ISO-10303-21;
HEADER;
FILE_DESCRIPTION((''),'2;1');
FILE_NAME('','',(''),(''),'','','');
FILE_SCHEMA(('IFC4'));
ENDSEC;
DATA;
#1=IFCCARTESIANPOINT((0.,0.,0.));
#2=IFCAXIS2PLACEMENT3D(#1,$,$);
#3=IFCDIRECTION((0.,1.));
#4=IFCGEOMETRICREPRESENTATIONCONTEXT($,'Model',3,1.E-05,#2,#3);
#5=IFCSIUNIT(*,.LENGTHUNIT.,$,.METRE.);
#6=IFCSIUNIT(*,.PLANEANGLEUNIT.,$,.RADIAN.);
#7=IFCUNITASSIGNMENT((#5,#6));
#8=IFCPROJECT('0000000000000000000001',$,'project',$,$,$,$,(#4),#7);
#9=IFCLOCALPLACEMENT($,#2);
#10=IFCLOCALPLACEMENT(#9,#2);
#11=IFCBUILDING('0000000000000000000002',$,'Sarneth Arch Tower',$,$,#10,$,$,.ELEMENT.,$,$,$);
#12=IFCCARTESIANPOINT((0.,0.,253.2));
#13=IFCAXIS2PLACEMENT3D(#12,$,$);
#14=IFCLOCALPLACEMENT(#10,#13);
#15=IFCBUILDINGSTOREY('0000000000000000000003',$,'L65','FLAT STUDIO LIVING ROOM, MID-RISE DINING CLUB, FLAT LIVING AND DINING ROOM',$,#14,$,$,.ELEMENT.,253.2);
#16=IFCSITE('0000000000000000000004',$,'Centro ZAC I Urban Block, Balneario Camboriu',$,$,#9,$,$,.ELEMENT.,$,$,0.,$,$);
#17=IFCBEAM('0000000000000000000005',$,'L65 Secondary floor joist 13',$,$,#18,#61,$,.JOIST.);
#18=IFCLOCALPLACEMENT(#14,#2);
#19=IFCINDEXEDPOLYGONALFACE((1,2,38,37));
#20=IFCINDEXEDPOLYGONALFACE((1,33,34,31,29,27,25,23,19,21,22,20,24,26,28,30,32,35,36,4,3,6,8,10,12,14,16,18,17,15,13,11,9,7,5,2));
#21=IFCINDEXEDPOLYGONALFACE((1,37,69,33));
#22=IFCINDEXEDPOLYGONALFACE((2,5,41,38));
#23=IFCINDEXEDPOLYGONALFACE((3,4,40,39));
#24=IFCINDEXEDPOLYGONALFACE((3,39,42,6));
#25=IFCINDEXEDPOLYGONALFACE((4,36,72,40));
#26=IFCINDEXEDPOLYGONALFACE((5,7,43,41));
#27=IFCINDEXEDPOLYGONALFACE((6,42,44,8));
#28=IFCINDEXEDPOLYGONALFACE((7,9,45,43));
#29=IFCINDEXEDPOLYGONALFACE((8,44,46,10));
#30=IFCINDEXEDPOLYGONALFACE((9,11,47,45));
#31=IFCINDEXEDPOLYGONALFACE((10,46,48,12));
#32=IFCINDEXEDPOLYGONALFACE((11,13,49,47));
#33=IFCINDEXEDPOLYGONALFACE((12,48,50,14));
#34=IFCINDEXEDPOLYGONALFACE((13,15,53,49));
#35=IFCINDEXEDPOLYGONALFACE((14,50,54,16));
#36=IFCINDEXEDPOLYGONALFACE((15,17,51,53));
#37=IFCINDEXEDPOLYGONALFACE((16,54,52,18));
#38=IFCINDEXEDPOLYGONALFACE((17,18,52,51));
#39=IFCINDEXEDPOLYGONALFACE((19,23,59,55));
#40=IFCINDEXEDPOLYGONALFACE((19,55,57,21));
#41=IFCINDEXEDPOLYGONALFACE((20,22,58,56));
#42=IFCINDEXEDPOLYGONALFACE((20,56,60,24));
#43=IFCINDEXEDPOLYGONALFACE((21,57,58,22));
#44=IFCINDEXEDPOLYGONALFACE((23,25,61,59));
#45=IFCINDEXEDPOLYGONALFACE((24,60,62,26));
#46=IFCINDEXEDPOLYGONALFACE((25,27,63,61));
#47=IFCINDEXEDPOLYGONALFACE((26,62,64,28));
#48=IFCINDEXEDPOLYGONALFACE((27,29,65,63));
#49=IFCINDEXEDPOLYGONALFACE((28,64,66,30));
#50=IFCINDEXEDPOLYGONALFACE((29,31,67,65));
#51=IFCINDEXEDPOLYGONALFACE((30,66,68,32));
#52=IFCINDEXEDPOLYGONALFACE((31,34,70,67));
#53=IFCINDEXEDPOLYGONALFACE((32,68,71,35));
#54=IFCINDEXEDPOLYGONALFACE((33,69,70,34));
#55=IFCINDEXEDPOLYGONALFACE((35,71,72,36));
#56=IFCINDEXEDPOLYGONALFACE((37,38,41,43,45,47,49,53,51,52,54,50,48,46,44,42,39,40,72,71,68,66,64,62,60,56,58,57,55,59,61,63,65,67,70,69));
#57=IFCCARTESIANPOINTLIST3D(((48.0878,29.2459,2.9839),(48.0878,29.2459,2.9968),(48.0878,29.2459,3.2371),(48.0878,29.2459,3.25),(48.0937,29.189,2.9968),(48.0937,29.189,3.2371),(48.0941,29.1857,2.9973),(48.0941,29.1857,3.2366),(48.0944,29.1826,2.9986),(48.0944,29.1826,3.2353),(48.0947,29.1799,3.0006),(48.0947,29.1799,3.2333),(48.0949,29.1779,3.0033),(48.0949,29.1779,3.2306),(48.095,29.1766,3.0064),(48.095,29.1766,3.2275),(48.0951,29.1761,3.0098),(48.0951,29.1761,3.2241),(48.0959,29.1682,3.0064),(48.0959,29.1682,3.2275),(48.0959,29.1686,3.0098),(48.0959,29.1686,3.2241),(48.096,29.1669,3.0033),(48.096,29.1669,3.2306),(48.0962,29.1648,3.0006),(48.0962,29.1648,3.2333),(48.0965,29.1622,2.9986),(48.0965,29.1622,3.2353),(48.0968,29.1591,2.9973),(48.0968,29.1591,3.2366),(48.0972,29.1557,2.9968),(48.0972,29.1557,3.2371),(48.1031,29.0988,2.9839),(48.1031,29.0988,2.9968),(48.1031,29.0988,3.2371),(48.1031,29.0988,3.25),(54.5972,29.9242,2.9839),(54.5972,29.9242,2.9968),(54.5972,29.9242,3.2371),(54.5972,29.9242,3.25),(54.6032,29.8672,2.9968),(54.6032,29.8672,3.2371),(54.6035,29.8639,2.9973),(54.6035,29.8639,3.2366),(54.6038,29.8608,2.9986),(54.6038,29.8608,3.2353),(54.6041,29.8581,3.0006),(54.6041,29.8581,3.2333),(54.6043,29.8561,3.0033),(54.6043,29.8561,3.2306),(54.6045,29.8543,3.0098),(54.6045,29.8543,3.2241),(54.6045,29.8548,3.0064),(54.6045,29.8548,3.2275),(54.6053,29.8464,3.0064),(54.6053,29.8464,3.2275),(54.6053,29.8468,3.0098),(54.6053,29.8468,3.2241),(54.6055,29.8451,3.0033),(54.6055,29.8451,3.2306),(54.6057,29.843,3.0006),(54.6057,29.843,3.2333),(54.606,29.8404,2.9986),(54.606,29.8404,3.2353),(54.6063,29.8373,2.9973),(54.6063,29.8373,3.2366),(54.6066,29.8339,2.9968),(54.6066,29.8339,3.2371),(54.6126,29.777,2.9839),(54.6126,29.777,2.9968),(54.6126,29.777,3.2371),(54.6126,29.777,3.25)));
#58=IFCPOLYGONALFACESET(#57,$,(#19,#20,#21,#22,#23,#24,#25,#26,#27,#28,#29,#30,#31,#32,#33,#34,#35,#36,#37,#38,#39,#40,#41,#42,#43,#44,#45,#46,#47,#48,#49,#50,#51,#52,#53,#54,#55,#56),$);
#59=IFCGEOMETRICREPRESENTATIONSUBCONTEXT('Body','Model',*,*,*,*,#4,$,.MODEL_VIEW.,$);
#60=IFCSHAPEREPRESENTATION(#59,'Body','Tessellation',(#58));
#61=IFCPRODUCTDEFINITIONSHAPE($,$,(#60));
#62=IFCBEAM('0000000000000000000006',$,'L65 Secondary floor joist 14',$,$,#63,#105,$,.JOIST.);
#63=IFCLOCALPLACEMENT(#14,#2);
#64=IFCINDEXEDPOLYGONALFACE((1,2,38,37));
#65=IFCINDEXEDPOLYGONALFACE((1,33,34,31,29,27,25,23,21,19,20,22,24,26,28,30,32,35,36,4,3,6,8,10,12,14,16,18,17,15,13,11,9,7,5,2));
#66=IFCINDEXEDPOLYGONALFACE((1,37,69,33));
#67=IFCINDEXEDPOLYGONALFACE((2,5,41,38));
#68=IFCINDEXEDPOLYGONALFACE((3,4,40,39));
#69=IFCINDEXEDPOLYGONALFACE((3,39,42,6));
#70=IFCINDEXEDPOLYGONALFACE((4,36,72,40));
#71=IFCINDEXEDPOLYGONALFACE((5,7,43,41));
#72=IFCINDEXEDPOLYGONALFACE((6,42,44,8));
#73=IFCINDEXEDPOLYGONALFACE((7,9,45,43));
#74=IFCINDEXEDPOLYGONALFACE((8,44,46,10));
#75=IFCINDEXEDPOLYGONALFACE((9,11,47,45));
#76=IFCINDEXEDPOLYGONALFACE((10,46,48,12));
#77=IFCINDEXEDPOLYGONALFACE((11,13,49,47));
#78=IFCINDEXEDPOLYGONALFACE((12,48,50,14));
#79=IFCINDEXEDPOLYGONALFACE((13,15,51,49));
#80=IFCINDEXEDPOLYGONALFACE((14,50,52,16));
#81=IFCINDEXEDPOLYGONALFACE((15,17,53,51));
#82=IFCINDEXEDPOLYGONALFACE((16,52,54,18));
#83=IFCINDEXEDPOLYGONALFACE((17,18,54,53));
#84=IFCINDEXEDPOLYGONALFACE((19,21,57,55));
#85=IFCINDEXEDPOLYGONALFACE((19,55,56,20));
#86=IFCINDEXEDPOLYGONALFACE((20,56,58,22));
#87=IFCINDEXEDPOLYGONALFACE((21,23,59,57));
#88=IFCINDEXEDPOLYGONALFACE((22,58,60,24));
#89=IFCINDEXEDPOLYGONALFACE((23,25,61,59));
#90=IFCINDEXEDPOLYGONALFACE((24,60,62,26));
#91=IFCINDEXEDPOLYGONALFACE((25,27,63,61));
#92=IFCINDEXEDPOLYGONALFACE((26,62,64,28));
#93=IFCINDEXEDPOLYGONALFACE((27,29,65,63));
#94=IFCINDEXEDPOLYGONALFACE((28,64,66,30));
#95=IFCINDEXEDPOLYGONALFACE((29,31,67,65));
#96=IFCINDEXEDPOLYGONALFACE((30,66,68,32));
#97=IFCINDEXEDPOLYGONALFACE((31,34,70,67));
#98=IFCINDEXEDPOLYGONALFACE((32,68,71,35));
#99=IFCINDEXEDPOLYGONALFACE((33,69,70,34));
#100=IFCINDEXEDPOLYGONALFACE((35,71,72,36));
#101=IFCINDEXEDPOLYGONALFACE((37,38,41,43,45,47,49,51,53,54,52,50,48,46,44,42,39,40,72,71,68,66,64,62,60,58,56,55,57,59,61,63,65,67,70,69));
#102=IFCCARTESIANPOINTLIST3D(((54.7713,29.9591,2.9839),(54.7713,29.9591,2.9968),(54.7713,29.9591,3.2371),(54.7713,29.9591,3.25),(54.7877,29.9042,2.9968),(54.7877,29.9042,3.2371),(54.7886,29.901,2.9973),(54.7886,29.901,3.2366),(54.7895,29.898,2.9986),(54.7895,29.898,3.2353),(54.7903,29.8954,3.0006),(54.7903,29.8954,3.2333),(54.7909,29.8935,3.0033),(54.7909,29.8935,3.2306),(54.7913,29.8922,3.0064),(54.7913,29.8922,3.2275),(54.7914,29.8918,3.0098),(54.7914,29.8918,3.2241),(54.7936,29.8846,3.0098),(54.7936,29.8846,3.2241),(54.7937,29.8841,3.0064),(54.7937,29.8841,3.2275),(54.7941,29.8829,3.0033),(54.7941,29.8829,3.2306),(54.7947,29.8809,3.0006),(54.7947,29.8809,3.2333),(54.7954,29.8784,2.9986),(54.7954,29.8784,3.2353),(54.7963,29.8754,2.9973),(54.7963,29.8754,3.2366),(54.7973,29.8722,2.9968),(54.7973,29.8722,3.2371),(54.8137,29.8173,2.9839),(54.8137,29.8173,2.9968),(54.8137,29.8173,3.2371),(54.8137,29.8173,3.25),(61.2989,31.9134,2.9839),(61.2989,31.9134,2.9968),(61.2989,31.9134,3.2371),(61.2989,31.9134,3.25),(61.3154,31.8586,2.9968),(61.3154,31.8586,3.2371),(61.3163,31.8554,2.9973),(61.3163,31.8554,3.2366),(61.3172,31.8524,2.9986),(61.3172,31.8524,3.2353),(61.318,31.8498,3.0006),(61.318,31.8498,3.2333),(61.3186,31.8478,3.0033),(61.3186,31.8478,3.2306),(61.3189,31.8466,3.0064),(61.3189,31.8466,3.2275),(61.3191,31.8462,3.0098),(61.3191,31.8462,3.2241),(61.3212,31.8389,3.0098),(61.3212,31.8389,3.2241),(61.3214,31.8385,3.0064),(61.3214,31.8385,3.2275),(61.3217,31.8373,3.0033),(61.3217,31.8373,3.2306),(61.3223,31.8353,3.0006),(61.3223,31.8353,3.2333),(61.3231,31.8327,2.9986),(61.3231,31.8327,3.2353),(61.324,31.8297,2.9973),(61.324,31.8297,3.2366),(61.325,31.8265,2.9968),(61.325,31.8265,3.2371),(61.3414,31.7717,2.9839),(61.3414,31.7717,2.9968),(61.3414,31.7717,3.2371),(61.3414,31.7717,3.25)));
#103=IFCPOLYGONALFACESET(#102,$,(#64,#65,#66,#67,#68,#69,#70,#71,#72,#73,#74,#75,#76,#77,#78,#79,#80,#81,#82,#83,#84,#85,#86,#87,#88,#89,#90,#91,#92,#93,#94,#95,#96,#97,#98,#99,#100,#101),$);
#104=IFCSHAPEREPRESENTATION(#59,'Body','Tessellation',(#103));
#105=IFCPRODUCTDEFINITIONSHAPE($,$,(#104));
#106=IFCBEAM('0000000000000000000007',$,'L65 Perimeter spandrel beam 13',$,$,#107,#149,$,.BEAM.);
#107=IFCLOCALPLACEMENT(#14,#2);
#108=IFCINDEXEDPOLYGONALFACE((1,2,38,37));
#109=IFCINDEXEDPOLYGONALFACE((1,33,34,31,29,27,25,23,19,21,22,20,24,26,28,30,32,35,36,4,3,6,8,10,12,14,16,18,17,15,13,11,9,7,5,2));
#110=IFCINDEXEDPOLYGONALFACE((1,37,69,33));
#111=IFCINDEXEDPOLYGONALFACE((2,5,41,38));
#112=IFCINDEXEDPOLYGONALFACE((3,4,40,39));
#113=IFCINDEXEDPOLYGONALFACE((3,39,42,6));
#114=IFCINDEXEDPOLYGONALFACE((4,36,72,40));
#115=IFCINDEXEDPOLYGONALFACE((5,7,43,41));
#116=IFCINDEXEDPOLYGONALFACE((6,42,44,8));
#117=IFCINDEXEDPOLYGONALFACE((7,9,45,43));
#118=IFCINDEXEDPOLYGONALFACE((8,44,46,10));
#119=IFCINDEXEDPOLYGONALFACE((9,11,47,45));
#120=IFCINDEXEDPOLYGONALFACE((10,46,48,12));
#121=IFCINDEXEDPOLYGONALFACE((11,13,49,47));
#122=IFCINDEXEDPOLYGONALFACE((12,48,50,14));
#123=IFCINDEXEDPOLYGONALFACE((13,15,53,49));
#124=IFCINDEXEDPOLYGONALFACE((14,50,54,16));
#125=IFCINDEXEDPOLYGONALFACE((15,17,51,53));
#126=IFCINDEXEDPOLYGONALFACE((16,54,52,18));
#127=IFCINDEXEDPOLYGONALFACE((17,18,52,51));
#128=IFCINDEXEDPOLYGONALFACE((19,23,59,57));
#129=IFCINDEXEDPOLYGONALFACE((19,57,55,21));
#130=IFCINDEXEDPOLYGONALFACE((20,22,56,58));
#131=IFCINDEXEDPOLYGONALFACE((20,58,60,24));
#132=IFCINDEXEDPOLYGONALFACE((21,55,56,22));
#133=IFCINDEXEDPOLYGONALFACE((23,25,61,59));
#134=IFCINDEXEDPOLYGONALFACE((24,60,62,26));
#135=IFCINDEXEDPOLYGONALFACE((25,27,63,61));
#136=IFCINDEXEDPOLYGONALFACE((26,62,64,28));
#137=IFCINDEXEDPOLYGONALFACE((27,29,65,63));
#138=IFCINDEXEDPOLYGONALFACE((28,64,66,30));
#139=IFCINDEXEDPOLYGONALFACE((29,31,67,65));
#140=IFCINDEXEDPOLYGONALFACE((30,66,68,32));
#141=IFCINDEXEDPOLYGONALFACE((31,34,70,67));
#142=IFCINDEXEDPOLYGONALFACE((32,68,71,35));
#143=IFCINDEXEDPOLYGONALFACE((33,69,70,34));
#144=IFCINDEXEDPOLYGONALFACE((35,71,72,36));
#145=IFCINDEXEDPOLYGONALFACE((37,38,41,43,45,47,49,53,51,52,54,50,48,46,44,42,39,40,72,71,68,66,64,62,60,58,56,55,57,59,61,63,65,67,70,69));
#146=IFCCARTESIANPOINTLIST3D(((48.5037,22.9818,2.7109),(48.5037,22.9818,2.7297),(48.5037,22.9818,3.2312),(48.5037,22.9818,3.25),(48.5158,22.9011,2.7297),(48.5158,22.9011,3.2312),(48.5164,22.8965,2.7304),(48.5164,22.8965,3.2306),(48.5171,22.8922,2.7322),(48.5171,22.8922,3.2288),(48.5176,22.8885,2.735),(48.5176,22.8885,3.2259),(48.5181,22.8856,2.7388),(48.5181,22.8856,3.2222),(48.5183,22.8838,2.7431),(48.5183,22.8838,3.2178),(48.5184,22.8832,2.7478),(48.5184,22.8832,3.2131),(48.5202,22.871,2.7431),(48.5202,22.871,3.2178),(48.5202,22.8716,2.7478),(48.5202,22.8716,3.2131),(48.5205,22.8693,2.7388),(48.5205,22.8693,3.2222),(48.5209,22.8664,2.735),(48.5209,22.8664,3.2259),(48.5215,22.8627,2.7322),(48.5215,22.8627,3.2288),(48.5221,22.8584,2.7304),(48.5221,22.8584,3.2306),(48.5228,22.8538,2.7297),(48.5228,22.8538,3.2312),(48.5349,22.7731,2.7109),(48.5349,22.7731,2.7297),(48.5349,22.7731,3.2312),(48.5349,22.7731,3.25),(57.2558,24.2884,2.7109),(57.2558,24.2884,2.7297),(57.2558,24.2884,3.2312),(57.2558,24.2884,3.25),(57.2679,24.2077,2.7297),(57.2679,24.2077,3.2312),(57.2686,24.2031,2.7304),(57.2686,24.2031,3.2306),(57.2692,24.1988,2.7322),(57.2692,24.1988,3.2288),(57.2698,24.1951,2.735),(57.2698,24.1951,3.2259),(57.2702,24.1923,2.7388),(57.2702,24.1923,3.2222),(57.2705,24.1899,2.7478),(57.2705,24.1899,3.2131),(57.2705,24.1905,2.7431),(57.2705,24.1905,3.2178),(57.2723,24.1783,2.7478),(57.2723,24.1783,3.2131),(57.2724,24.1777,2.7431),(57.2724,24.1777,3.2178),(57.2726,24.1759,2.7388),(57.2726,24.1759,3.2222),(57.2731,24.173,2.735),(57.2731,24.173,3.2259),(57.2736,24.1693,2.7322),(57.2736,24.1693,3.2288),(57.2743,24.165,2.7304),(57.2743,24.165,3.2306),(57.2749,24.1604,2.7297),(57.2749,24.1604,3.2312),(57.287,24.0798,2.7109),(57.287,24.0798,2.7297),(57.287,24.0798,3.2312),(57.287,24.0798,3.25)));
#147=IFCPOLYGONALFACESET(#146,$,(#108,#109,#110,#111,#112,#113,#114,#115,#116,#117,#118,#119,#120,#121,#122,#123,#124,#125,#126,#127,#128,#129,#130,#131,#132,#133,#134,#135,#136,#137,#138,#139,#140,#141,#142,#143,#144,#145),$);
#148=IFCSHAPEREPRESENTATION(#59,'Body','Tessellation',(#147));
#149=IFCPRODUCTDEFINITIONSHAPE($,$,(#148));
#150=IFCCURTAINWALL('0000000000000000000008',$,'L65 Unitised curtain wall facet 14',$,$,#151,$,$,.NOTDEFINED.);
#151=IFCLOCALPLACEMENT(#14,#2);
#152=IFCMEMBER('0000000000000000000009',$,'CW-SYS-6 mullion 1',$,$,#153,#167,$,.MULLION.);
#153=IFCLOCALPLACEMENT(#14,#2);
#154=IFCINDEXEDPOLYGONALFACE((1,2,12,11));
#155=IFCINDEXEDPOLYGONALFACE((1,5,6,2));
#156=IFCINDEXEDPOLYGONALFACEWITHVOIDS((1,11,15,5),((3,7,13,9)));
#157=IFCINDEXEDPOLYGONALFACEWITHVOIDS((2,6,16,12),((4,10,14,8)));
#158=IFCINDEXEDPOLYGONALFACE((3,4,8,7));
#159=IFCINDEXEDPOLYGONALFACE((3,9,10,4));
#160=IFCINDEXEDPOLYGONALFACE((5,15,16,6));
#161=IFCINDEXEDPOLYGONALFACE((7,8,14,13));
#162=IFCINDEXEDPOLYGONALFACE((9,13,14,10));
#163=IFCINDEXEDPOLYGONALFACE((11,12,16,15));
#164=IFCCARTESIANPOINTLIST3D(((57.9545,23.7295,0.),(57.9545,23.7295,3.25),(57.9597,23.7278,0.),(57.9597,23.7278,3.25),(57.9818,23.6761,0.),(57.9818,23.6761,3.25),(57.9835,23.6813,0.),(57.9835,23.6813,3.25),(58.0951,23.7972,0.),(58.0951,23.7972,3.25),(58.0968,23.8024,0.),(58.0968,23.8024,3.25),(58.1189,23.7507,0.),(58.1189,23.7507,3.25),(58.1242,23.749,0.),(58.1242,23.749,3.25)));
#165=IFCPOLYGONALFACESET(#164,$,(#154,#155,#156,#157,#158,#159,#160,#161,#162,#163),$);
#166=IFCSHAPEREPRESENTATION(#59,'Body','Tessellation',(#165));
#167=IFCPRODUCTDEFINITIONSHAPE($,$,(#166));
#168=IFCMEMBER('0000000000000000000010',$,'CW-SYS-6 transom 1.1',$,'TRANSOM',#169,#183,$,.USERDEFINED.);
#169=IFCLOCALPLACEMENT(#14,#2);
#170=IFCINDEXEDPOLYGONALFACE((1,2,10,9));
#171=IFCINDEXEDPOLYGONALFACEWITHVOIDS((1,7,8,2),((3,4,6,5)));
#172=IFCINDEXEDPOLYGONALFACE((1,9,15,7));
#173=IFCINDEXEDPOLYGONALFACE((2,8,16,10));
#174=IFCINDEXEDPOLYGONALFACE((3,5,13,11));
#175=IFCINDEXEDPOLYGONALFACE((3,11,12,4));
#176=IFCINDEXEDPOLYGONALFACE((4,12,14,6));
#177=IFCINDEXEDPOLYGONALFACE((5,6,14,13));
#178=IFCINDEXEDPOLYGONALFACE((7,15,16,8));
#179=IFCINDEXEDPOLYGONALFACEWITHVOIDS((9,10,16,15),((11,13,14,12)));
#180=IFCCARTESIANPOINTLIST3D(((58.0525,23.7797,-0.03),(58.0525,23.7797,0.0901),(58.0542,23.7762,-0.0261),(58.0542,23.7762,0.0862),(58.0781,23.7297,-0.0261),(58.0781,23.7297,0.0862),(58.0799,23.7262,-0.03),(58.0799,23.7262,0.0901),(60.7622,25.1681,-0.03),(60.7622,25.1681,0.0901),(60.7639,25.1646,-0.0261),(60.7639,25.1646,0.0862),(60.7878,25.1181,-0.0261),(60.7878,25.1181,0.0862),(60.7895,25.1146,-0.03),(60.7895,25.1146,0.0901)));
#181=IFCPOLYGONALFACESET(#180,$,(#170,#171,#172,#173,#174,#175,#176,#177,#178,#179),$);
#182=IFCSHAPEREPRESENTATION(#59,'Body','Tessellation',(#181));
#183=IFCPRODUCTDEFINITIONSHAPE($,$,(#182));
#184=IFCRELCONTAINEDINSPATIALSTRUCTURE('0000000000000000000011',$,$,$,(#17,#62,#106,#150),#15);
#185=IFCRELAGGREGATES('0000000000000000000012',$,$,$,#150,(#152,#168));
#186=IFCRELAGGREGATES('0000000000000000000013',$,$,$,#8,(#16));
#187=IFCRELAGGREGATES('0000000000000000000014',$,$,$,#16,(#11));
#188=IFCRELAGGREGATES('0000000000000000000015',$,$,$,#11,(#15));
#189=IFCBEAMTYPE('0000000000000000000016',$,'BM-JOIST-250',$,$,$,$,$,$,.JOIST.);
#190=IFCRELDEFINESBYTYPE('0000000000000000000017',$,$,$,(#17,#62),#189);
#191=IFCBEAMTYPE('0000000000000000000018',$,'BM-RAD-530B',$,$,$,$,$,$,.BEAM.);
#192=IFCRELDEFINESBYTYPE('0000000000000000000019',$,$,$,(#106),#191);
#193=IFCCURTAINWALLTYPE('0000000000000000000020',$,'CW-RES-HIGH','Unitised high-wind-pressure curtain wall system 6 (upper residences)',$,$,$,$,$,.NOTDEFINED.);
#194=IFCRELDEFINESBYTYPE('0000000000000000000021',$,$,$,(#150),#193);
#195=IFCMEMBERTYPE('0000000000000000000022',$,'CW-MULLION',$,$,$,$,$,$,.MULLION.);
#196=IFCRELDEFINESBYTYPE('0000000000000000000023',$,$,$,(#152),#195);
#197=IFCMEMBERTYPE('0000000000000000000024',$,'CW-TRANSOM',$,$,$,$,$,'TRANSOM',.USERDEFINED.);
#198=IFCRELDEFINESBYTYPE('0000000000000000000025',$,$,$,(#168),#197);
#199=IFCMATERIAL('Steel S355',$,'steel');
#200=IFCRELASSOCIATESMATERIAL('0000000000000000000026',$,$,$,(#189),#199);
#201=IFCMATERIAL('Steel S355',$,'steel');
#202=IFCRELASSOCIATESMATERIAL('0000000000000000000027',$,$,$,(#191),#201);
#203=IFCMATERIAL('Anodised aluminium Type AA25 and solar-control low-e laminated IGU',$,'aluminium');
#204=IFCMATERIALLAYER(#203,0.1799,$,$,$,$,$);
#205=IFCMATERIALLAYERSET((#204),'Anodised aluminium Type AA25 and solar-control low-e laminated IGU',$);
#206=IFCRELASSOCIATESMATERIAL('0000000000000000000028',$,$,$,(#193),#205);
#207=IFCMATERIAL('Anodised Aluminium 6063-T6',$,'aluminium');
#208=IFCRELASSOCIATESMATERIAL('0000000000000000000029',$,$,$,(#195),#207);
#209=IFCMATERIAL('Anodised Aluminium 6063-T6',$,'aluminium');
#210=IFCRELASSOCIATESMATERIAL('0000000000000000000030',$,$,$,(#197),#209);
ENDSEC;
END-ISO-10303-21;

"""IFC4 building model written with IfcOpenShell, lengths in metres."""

from ifc_helpers import new_model, si_unit, direction, frame, origin, origin_2d, place, context, subcontext, project, spatial, hollow_rectangle, i_section, extrude, material, layer, layer_set, material_profile, profile_set, type_object, element, aggregate, save


model = new_model("IFC4")

# Units and contexts
model_context = context("Model", 3, precision=1e-05, world=origin(), true_north=direction((0.0, 1.0)))
body_context = subcontext(model_context, "Body", "Model", "MODEL_VIEW")
ifc_project = project(units=[si_unit("LENGTHUNIT", "METRE"), si_unit("PLANEANGLEUNIT", "RADIAN")], contexts=[model_context])

# Site, building, storey
site_placement = place(None, origin())
site = spatial("IfcSite", under=ifc_project, at=site_placement, Name="Centro ZAC I Urban Block, Balneario Camboriu", CompositionType="ELEMENT", RefElevation=0.0)
building_placement = place(site_placement, origin())
building = spatial("IfcBuilding", under=site, at=building_placement, Name="Sarneth Arch Tower", CompositionType="ELEMENT")
storey_placement = place(building_placement, frame((0.0, 0.0, 253.2)))
storey = spatial("IfcBuildingStorey", under=building, at=storey_placement, Name="L65", Description="FLAT STUDIO LIVING ROOM, MID-RISE DINING CLUB, FLAT LIVING AND DINING ROOM", CompositionType="ELEMENT", Elevation=253.2)

# Beams
ifc_material_1 = material(Name="Steel S355", Category="steel")
ifc_material_profile_1 = material_profile(ifc_material_1, i_section(OverallWidth=0.1479, OverallDepth=0.2661, WebThickness=0.0076, FlangeThickness=0.0129, FilletRadius=0.0129, at=origin_2d()), Name="W250x44.8")
ifc_profile_set_1 = profile_set([ifc_material_profile_1], Name="Steel S355")
beam_type_1 = type_object("IfcBeamType", Name="BM-JOIST-250", PredefinedType="JOIST", material=ifc_profile_set_1)
beam_1_placement = place(storey_placement, frame((48.0955, 29.1724, 3.1169), z_axis=(0.994616, 0.103628, 0.0), x_axis=(-0.103628, 0.994616, 0.0)))
element("IfcBeam", 1, at=beam_1_placement, inside=storey, type_object=beam_type_1, Name="L65 Secondary floor joist 13", PredefinedType="JOIST", context=body_context, shape_type="SweptSolid", body=[
    extrude(i_section(OverallWidth=0.1479, OverallDepth=0.2661, WebThickness=0.0076, FlangeThickness=0.0129, FilletRadius=0.0129, at=origin_2d()), origin(), (0.0, 0.0, 1.0), 6.5447),
])
beam_2_placement = place(storey_placement, frame((54.7925, 29.8882, 3.1169), z_axis=(0.957985, 0.286819, 0.0), x_axis=(-0.286819, 0.957985, 0.0)))
element("IfcBeam", 2, at=beam_2_placement, inside=storey, type_object=beam_type_1, Name="L65 Secondary floor joist 14", PredefinedType="JOIST", context=body_context, shape_type="SweptSolid", body=[
    extrude(i_section(OverallWidth=0.1479, OverallDepth=0.2661, WebThickness=0.0076, FlangeThickness=0.0129, FilletRadius=0.0129, at=origin_2d()), origin(), (0.0, 0.0, 1.0), 6.814),
])
ifc_material_2 = material(Name="Steel S355", Category="steel")
ifc_material_profile_2 = material_profile(ifc_material_2, i_section(OverallWidth=0.2109, OverallDepth=0.5391, WebThickness=0.0117, FlangeThickness=0.0188, FilletRadius=0.0181, at=origin_2d()), Name="W530x109")
ifc_profile_set_2 = profile_set([ifc_material_profile_2], Name="Steel S355")
beam_type_2 = type_object("IfcBeamType", Name="BM-RAD-530B", PredefinedType="BEAM", material=ifc_profile_set_2)
beam_3_placement = place(storey_placement, frame((48.5193, 22.8774, 2.9805), z_axis=(0.989039, 0.147656, 0.0), x_axis=(-0.147656, 0.989039, 0.0)))
element("IfcBeam", 3, at=beam_3_placement, inside=storey, type_object=beam_type_2, Name="L65 Perimeter spandrel beam 13", PredefinedType="BEAM", context=body_context, shape_type="SweptSolid", body=[
    extrude(i_section(OverallWidth=0.2109, OverallDepth=0.5391, WebThickness=0.0117, FlangeThickness=0.0188, FilletRadius=0.0181, at=origin_2d()), origin(), (0.0, 0.0, 1.0), 8.8491),
])

# Curtain wall, members
ifc_material_3 = material(Name="Anodised aluminium Type AA25 and solar-control low-e laminated IGU", Category="aluminium")
ifc_layer_1 = layer(ifc_material_3, 0.1799)
ifc_layer_set_1 = layer_set([ifc_layer_1], Name="Anodised aluminium Type AA25 and solar-control low-e laminated IGU")
curtain_wall_type = type_object("IfcCurtainWallType", Name="CW-RES-HIGH", Description="Unitised high-wind-pressure curtain wall system 6 (upper residences)", PredefinedType="NOTDEFINED", material=ifc_layer_set_1)
curtain_wall_placement = place(storey_placement, origin())
curtain_wall = element("IfcCurtainWall", 4, at=curtain_wall_placement, inside=storey, type_object=curtain_wall_type, Name="L65 Unitised curtain wall facet 14", PredefinedType="NOTDEFINED")
ifc_material_4 = material(Name="Anodised Aluminium 6063-T6", Category="aluminium")
ifc_material_profile_3 = material_profile(ifc_material_4, hollow_rectangle(XDim=0.0601, YDim=0.1599, WallThickness=0.0039, at=origin_2d()), Name="AL-MULL-160x60x4")
ifc_profile_set_3 = profile_set([ifc_material_profile_3], Name="Anodised Aluminium 6063-T6")
member_type_1 = type_object("IfcMemberType", Name="CW-MULLION", PredefinedType="MULLION", material=ifc_profile_set_3)
member_1_placement = place(storey_placement, frame((58.0393, 23.7393, 0.0), z_axis=(0.0, 0.0, 1.0), x_axis=(-0.455942, 0.89001, 0.0)))
member_1 = element("IfcMember", 5, at=member_1_placement, type_object=member_type_1, Name="CW-SYS-6 mullion 1", PredefinedType="MULLION", context=body_context, shape_type="SweptSolid", body=[
    extrude(hollow_rectangle(XDim=0.0601, YDim=0.1599, WallThickness=0.0039, at=origin_2d()), origin(), (0.0, 0.0, 1.0), 3.25),
])
ifc_material_5 = material(Name="Anodised Aluminium 6063-T6", Category="aluminium")
ifc_material_profile_4 = material_profile(ifc_material_5, hollow_rectangle(XDim=0.0601, YDim=0.1201, WallThickness=0.0039, at=origin_2d()), Name="AL-TRAN-120x60x4")
ifc_profile_set_4 = profile_set([ifc_material_profile_4], Name="Anodised Aluminium 6063-T6")
member_type_2 = type_object("IfcMemberType", Name="CW-TRANSOM", ElementType="TRANSOM", PredefinedType="USERDEFINED", material=ifc_profile_set_4)
member_2_placement = place(storey_placement, frame((58.0662, 23.7529, 0.03), z_axis=(0.889974, 0.456012, 0.0), x_axis=(-0.456012, 0.889974, 0.0)))
member_2 = element("IfcMember", 6, at=member_2_placement, type_object=member_type_2, Name="CW-SYS-6 transom 1.1", ObjectType="TRANSOM", PredefinedType="USERDEFINED", context=body_context, shape_type="SweptSolid", body=[
    extrude(hollow_rectangle(XDim=0.0601, YDim=0.1201, WallThickness=0.0039, at=origin_2d()), origin(), (0.0, 0.0, 1.0), 3.0447),
])
aggregate(curtain_wall, [member_1, member_2])

save(model, "model.ifc")
